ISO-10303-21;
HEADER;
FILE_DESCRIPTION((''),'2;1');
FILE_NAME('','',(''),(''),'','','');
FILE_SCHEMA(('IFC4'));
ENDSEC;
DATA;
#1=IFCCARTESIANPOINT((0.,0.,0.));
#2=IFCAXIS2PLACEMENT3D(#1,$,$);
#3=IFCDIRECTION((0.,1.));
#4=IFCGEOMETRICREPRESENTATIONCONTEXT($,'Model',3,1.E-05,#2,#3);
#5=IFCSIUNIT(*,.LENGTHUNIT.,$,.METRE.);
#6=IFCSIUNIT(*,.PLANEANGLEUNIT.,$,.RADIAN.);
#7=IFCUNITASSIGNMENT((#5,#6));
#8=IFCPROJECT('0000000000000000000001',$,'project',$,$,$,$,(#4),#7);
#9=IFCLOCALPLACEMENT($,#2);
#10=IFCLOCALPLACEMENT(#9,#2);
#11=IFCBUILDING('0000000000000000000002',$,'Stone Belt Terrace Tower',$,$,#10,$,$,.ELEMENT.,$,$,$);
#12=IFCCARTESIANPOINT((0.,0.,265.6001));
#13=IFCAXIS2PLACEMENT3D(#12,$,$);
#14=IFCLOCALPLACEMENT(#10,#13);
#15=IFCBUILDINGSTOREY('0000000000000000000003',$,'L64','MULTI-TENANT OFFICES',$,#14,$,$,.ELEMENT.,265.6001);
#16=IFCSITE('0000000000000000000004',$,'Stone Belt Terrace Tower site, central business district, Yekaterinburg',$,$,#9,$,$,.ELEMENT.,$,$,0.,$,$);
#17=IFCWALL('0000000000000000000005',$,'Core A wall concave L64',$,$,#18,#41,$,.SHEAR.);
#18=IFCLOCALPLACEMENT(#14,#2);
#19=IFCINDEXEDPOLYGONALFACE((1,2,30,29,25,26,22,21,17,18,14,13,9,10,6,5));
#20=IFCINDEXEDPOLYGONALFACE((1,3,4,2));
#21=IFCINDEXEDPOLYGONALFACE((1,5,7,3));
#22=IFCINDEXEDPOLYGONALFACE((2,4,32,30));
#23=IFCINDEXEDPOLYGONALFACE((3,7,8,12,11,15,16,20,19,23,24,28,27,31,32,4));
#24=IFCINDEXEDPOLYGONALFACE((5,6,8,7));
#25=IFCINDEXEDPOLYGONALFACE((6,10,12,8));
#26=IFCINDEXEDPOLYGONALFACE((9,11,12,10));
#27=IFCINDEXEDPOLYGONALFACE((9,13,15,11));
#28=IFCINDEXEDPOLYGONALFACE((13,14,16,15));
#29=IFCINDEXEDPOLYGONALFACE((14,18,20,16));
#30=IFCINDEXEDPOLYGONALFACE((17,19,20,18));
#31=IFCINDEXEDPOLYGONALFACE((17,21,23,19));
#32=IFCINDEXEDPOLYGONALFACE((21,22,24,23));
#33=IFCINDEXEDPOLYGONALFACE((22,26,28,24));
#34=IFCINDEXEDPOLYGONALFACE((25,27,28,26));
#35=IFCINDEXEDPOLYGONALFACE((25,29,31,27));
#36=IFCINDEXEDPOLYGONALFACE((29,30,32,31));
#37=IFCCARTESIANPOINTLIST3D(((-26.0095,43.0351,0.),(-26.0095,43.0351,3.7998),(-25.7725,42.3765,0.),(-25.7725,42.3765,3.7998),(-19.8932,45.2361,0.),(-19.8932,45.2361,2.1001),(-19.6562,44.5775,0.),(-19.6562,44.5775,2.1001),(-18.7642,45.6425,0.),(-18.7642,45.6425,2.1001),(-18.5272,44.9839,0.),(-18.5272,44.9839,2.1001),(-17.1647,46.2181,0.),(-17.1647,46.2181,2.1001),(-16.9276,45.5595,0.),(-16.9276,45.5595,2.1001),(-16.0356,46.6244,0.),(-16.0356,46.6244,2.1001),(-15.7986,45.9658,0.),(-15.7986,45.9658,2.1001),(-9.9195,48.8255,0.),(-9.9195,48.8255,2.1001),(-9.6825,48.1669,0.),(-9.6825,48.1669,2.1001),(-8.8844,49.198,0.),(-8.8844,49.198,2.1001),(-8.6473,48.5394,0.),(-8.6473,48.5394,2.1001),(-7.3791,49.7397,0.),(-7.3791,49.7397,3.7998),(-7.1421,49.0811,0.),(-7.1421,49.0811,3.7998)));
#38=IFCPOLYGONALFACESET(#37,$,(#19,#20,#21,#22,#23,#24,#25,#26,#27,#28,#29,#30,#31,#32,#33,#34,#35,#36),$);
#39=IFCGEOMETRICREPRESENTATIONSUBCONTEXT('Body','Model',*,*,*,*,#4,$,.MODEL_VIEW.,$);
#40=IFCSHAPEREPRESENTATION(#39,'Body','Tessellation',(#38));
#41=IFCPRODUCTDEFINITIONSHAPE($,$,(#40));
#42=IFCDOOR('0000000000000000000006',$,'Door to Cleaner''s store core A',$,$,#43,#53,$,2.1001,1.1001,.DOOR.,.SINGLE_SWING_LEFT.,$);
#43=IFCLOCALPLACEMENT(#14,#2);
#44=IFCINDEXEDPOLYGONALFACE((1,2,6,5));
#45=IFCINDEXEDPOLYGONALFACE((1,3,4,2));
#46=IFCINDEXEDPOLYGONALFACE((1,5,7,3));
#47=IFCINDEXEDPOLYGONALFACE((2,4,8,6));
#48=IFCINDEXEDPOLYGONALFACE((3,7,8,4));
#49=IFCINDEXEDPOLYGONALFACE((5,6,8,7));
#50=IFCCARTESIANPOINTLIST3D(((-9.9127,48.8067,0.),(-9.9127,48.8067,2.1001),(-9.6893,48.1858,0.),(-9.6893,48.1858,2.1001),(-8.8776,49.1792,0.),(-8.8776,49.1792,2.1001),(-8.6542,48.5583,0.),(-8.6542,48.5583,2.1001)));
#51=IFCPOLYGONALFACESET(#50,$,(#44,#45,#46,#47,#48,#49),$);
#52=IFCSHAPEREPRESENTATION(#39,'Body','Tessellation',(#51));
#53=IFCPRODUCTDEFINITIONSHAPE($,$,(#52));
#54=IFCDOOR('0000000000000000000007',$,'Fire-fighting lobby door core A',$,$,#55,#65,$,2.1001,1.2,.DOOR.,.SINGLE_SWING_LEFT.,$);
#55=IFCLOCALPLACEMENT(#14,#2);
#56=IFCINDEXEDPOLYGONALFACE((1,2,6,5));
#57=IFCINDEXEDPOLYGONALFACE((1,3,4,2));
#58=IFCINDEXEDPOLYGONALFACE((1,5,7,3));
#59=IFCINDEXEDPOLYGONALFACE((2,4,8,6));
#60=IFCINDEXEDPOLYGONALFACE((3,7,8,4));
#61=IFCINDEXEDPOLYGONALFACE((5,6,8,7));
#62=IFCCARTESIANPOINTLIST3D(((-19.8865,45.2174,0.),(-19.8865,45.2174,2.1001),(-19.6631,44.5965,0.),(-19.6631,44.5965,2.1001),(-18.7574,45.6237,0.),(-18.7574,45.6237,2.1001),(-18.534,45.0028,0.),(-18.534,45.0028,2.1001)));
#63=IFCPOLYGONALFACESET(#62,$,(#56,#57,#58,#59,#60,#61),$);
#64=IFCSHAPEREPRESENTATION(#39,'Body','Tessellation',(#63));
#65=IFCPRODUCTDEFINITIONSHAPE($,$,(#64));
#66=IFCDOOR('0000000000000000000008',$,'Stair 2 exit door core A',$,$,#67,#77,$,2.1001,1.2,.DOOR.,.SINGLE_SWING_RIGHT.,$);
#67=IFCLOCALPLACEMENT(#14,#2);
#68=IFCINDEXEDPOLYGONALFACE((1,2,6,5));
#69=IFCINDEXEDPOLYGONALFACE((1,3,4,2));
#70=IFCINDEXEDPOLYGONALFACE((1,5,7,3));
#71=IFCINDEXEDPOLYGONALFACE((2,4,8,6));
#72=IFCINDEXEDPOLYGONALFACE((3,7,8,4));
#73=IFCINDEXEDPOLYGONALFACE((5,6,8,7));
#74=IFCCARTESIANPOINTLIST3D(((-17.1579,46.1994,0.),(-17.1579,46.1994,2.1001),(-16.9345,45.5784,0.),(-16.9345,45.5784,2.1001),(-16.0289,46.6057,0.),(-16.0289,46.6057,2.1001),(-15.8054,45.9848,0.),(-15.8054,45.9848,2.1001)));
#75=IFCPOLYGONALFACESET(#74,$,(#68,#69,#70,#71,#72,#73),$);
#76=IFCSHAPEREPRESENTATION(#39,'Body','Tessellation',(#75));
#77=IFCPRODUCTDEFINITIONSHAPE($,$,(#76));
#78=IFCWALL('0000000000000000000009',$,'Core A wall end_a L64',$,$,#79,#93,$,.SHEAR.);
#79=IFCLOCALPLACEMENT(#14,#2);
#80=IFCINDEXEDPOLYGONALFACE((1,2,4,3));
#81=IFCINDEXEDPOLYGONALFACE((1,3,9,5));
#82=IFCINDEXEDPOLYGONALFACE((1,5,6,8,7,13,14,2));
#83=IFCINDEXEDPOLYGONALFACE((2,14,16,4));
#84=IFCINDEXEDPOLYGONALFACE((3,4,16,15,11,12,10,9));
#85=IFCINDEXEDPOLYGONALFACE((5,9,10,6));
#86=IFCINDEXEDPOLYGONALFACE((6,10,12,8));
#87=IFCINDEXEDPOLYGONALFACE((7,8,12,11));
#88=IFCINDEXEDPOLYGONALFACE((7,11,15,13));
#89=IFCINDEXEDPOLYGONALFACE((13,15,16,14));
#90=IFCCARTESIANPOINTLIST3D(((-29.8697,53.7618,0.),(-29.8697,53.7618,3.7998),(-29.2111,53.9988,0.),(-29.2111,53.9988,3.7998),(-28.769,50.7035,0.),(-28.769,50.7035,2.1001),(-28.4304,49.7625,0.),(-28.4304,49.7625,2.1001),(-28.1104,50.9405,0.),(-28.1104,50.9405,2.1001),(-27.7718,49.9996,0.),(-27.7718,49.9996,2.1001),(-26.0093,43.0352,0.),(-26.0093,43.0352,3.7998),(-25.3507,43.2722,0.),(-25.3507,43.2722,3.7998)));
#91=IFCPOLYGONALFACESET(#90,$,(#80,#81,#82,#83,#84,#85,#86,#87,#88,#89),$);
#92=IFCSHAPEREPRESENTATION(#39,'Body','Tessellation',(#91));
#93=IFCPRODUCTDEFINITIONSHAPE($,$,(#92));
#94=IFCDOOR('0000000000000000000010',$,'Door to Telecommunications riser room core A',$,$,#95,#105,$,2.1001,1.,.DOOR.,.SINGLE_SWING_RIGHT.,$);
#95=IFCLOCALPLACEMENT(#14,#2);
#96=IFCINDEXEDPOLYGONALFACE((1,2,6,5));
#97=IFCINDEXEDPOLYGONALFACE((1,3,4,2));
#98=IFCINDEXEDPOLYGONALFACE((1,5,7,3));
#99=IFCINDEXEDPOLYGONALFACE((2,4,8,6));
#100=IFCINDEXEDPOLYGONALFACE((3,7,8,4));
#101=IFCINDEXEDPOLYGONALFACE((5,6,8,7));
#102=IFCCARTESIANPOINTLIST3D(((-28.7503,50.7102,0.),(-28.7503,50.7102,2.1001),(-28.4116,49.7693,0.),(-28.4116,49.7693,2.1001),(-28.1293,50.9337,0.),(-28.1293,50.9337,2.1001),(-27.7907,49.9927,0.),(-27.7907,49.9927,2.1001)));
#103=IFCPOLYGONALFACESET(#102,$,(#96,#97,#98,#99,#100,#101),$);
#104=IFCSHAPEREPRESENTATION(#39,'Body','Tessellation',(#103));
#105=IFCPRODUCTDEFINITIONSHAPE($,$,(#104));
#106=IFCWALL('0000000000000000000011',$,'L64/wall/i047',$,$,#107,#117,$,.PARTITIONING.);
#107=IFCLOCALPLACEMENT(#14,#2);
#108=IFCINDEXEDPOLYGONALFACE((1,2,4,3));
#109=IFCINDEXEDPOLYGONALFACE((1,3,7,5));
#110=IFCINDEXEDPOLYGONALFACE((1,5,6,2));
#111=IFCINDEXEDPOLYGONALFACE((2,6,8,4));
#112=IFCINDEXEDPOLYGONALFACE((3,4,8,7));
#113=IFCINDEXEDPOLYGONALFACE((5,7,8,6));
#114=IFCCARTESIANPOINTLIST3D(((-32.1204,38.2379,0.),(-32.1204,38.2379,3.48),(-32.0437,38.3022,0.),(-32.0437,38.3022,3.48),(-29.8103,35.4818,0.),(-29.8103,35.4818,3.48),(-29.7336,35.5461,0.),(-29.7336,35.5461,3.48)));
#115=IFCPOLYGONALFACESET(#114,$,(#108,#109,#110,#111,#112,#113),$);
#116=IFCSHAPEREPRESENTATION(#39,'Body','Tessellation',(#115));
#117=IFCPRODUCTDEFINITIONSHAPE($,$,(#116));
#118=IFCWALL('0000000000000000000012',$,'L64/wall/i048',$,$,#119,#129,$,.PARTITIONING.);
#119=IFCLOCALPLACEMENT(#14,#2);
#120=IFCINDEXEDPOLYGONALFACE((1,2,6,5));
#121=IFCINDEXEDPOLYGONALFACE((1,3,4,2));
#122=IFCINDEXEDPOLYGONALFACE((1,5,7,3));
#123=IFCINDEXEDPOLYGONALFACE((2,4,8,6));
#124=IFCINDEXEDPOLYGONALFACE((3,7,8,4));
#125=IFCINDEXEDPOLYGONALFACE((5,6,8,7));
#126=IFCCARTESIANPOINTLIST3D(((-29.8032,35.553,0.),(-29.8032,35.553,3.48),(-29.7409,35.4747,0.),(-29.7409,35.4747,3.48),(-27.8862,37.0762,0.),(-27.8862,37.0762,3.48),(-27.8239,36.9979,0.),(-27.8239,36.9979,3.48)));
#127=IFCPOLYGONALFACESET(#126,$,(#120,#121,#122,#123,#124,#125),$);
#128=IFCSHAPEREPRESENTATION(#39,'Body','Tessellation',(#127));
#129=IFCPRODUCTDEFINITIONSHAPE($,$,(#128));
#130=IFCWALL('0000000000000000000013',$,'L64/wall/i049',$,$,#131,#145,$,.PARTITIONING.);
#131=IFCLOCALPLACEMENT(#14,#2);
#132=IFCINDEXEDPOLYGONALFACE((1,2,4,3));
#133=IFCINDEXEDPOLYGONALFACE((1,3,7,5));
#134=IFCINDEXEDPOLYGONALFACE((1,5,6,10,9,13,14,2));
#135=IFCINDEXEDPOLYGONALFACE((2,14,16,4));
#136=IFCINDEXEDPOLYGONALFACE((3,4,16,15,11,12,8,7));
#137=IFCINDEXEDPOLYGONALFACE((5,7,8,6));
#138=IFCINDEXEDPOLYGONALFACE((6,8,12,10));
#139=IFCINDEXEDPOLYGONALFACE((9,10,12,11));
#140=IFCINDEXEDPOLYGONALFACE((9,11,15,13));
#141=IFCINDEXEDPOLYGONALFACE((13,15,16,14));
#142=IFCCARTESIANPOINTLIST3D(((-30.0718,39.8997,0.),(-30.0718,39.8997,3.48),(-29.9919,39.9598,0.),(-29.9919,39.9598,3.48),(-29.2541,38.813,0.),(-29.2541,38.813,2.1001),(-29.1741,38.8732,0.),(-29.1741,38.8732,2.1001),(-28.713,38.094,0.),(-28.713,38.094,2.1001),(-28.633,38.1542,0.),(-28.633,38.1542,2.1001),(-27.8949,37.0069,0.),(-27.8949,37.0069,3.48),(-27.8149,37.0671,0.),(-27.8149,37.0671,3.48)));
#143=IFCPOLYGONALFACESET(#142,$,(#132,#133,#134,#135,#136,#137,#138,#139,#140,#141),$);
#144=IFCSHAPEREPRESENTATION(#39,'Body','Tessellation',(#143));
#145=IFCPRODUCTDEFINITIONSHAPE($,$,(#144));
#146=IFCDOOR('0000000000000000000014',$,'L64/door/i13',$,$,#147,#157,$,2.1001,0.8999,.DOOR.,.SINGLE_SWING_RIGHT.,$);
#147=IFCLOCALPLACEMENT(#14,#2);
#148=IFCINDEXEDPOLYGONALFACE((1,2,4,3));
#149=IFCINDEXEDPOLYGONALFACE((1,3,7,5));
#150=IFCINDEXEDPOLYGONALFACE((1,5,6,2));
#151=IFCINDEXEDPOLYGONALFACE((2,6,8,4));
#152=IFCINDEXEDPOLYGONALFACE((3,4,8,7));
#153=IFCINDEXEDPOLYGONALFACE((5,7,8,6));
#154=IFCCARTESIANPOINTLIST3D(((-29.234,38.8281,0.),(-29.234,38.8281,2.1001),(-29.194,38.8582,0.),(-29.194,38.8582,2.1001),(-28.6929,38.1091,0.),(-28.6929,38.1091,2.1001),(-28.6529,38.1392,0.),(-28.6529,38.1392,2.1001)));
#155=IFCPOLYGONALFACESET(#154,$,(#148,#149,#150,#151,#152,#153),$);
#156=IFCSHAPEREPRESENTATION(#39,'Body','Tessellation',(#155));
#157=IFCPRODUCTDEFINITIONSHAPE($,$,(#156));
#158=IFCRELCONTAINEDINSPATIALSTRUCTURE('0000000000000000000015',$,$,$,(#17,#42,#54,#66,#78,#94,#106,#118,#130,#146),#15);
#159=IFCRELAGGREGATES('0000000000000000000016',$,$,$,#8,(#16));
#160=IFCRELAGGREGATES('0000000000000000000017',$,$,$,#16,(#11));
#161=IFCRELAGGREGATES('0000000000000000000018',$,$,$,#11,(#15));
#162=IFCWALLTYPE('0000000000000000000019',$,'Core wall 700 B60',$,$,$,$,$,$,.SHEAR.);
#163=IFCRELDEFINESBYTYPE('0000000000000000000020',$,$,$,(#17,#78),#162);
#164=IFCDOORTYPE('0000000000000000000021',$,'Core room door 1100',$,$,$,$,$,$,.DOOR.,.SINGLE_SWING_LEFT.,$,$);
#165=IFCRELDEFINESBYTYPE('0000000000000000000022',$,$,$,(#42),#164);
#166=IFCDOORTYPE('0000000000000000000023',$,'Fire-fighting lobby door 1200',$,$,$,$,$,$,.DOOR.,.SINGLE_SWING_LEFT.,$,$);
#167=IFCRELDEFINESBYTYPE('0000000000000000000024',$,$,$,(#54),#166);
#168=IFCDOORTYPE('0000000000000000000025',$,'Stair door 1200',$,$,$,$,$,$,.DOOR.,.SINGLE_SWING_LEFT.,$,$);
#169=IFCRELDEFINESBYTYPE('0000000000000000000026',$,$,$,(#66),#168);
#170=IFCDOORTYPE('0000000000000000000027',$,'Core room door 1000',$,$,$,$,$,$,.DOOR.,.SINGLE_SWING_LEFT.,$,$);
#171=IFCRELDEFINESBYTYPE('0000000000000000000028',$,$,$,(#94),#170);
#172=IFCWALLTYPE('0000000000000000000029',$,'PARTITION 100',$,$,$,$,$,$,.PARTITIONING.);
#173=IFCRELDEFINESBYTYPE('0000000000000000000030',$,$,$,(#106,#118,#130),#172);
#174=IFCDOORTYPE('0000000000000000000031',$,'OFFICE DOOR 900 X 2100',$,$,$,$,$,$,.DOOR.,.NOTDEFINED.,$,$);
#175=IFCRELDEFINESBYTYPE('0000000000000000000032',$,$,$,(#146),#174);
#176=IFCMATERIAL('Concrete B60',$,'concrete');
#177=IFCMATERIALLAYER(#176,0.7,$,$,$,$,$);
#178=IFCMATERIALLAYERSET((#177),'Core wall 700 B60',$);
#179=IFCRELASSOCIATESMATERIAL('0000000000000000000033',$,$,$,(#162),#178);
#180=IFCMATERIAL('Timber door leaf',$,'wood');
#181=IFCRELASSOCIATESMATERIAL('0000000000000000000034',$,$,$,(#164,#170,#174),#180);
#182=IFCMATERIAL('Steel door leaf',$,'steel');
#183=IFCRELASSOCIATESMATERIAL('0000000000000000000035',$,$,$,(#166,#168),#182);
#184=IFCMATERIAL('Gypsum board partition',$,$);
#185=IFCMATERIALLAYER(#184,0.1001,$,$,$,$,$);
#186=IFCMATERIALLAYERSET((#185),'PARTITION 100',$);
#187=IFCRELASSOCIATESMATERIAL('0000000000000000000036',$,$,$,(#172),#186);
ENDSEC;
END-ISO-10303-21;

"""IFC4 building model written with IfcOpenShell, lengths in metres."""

from ifc_helpers import new_model, si_unit, direction, frame, frame_2d, origin, place, context, subcontext, project, spatial, rectangle, extrude, material, layer, layer_set, type_object, element, fill, save


model = new_model("IFC4")

# Units and contexts
model_context = context("Model", 3, precision=1e-05, world=origin(), true_north=direction((0.0, 1.0)))
body_context = subcontext(model_context, "Body", "Model", "MODEL_VIEW")
ifc_project = project(units=[si_unit("LENGTHUNIT", "METRE"), si_unit("PLANEANGLEUNIT", "RADIAN")], contexts=[model_context])

# Site, building, storey
site_placement = place(None, origin())
site = spatial("IfcSite", under=ifc_project, at=site_placement, Name="Stone Belt Terrace Tower site, central business district, Yekaterinburg", CompositionType="ELEMENT", RefElevation=0.0)
building_placement = place(site_placement, origin())
building = spatial("IfcBuilding", under=site, at=building_placement, Name="Stone Belt Terrace Tower", CompositionType="ELEMENT")
storey_placement = place(building_placement, frame((0.0, 0.0, 265.6001)))
storey = spatial("IfcBuildingStorey", under=building, at=storey_placement, Name="L64", Description="MULTI-TENANT OFFICES", CompositionType="ELEMENT", Elevation=265.6001)

# Shared definitions
ifc_material_1 = material(Name="Concrete B60", Category="concrete")

# Wall, openings, doors
ifc_layer_1 = layer(ifc_material_1, 0.7)
ifc_layer_set_1 = layer_set([ifc_layer_1], Name="Core wall 700 B60")
wall_type_1 = type_object("IfcWallType", Name="Core wall 700 B60", PredefinedType="SHEAR", material=ifc_layer_set_1)
wall_1_placement = place(storey_placement, frame((-25.8909, 42.7058, 0.0), z_axis=(0.0, 0.0, 1.0), x_axis=(0.940925, 0.338615, 0.0)))
wall_1 = element("IfcWall", 1, at=wall_1_placement, inside=storey, type_object=wall_type_1, Name="Core A wall concave L64", PredefinedType="SHEAR", context=body_context, shape_type="SweptSolid", body=[
    extrude(rectangle(XDim=19.8, YDim=0.7, at=frame_2d((9.8999, 0.0))), origin(), (0.0, 0.0, 1.0), 3.7998),
])
opening_1_placement = place(wall_1_placement, frame((6.5, 0.0, 0.0)))
opening_1 = element("IfcOpeningElement", 2, at=opening_1_placement, cuts=wall_1, PredefinedType="OPENING", context=body_context, shape_type="SweptSolid", body=[
    extrude(rectangle(XDim=1.2, YDim=2.1001, at=frame_2d((0.6001, 1.05))), frame((0.0, 0.3599, 0.0), z_axis=(0.0, -1.0, 0.0), x_axis=(1.0, 0.0, 0.0)), (0.0, 0.0, 1.0), 0.72),
])
opening_2_placement = place(wall_1_placement, frame((9.3999, 0.0, 0.0)))
opening_2 = element("IfcOpeningElement", 3, at=opening_2_placement, cuts=wall_1, PredefinedType="OPENING", context=body_context, shape_type="SweptSolid", body=[
    extrude(rectangle(XDim=1.2, YDim=2.1001, at=frame_2d((0.6001, 1.05))), frame((0.0, 0.3599, 0.0), z_axis=(0.0, -1.0, 0.0), x_axis=(1.0, 0.0, 0.0)), (0.0, 0.0, 1.0), 0.72),
])
opening_3_placement = place(wall_1_placement, frame((17.1001, 0.0, 0.0)))
opening_3 = element("IfcOpeningElement", 4, at=opening_3_placement, cuts=wall_1, PredefinedType="OPENING", context=body_context, shape_type="SweptSolid", body=[
    extrude(rectangle(XDim=1.1001, YDim=2.1001, at=frame_2d((0.55, 1.05))), frame((0.0, 0.3599, 0.0), z_axis=(0.0, -1.0, 0.0), x_axis=(1.0, 0.0, 0.0)), (0.0, 0.0, 1.0), 0.72),
])
ifc_material_2 = material(Name="Timber door leaf", Category="wood")
door_type_1 = type_object("IfcDoorType", Name="Core room door 1100", OperationType="SINGLE_SWING_LEFT", PredefinedType="DOOR", material=ifc_material_2)
door_1_placement = place(opening_3_placement, origin())
door_1 = element("IfcDoor", 5, at=door_1_placement, inside=storey, type_object=door_type_1, Name="Door to Cleaner's store core A", OperationType="SINGLE_SWING_LEFT", OverallHeight=2.1001, OverallWidth=1.1001, PredefinedType="DOOR", context=body_context, shape_type="SweptSolid", body=[
    extrude(rectangle(XDim=1.1001, YDim=2.1001, at=frame_2d((0.55, 1.05))), frame((0.0, 0.3301, 0.0), z_axis=(0.0, -1.0, 0.0), x_axis=(1.0, 0.0, 0.0)), (0.0, 0.0, 1.0), 0.6599),
])
fill(opening_3, door_1)
ifc_material_3 = material(Name="Steel door leaf", Category="steel")
door_type_2 = type_object("IfcDoorType", Name="Fire-fighting lobby door 1200", OperationType="SINGLE_SWING_LEFT", PredefinedType="DOOR", material=ifc_material_3)
door_2_placement = place(opening_1_placement, origin())
door_2 = element("IfcDoor", 6, at=door_2_placement, inside=storey, type_object=door_type_2, Name="Fire-fighting lobby door core A", OperationType="SINGLE_SWING_LEFT", OverallHeight=2.1001, OverallWidth=1.2, PredefinedType="DOOR", context=body_context, shape_type="SweptSolid", body=[
    extrude(rectangle(XDim=1.2, YDim=2.1001, at=frame_2d((0.6001, 1.05))), frame((0.0, 0.3301, 0.0), z_axis=(0.0, -1.0, 0.0), x_axis=(1.0, 0.0, 0.0)), (0.0, 0.0, 1.0), 0.6599),
])
fill(opening_1, door_2)
door_type_3 = type_object("IfcDoorType", Name="Stair door 1200", OperationType="SINGLE_SWING_LEFT", PredefinedType="DOOR", material=ifc_material_3)
door_3_placement = place(opening_2_placement, origin())
door_3 = element("IfcDoor", 7, at=door_3_placement, inside=storey, type_object=door_type_3, Name="Stair 2 exit door core A", OperationType="SINGLE_SWING_RIGHT", OverallHeight=2.1001, OverallWidth=1.2, PredefinedType="DOOR", context=body_context, shape_type="SweptSolid", body=[
    extrude(rectangle(XDim=1.2, YDim=2.1001, at=frame_2d((0.6001, 1.05))), frame((0.0, 0.3301, 0.0), z_axis=(0.0, -1.0, 0.0), x_axis=(1.0, 0.0, 0.0)), (0.0, 0.0, 1.0), 0.6599),
])
fill(opening_2, door_3)

# Wall, opening, door
wall_2_placement = place(storey_placement, frame((-25.6799, 43.1536, 0.0), z_axis=(0.0, 0.0, 1.0), x_axis=(-0.338625, 0.940921, 0.0)))
wall_2 = element("IfcWall", 8, at=wall_2_placement, inside=storey, type_object=wall_type_1, Name="Core A wall end_a L64", PredefinedType="SHEAR", context=body_context, shape_type="SweptSolid", body=[
    extrude(rectangle(XDim=11.4001, YDim=0.7, at=frame_2d((5.7002, 0.0))), origin(), (0.0, 0.0, 1.0), 3.7998),
])
opening_4_placement = place(wall_2_placement, frame((7.1499, 0.0, 0.0)))
opening_4 = element("IfcOpeningElement", 9, at=opening_4_placement, cuts=wall_2, PredefinedType="OPENING", context=body_context, shape_type="SweptSolid", body=[
    extrude(rectangle(XDim=1.0, YDim=2.1001, at=frame_2d((0.5, 1.05))), frame((0.0, 0.3599, 0.0), z_axis=(0.0, -1.0, 0.0), x_axis=(1.0, 0.0, 0.0)), (0.0, 0.0, 1.0), 0.72),
])
door_type_4 = type_object("IfcDoorType", Name="Core room door 1000", OperationType="SINGLE_SWING_LEFT", PredefinedType="DOOR", material=ifc_material_2)
door_4_placement = place(opening_4_placement, origin())
door_4 = element("IfcDoor", 10, at=door_4_placement, inside=storey, type_object=door_type_4, Name="Door to Telecommunications riser room core A", OperationType="SINGLE_SWING_RIGHT", OverallHeight=2.1001, OverallWidth=1.0, PredefinedType="DOOR", context=body_context, shape_type="SweptSolid", body=[
    extrude(rectangle(XDim=1.0, YDim=2.1001, at=frame_2d((0.5, 1.05))), frame((0.0, 0.3301, 0.0), z_axis=(0.0, -1.0, 0.0), x_axis=(1.0, 0.0, 0.0)), (0.0, 0.0, 1.0), 0.6599),
])
fill(opening_4, door_4)

# Walls
ifc_material_4 = material(Name="Gypsum board partition")
ifc_layer_2 = layer(ifc_material_4, 0.1001)
ifc_layer_set_2 = layer_set([ifc_layer_2], Name="PARTITION 100")
wall_type_2 = type_object("IfcWallType", Name="PARTITION 100", PredefinedType="PARTITIONING", material=ifc_layer_set_2)
wall_3_placement = place(storey_placement, frame((-32.082, 38.27, 0.0), z_axis=(0.0, 0.0, 1.0), x_axis=(0.642365, -0.766399, 0.0)))
element("IfcWall", 11, at=wall_3_placement, inside=storey, type_object=wall_type_2, Name="L64/wall/i047", PredefinedType="PARTITIONING", context=body_context, shape_type="SweptSolid", body=[
    extrude(rectangle(XDim=3.5962, YDim=0.1001, at=frame_2d((1.7981, 0.0))), origin(), (0.0, 0.0, 1.0), 3.48),
])
wall_4_placement = place(storey_placement, frame((-29.772, 35.5139, 0.0), z_axis=(0.0, 0.0, 1.0), x_axis=(0.782937, 0.622102, 0.0)))
element("IfcWall", 12, at=wall_4_placement, inside=storey, type_object=wall_type_2, Name="L64/wall/i048", PredefinedType="PARTITIONING", context=body_context, shape_type="SweptSolid", body=[
    extrude(rectangle(XDim=2.4485, YDim=0.1001, at=frame_2d((1.2241, 0.0))), origin(), (0.0, 0.0, 1.0), 3.48),
])

# Wall, opening, door
wall_5_placement = place(storey_placement, frame((-27.855, 37.0371, 0.0), z_axis=(0.0, 0.0, 1.0), x_axis=(-0.601305, 0.79902, 0.0)))
wall_5 = element("IfcWall", 13, at=wall_5_placement, inside=storey, type_object=wall_type_2, Name="L64/wall/i049", PredefinedType="PARTITIONING", context=body_context, shape_type="SweptSolid", body=[
    extrude(rectangle(XDim=3.6204, YDim=0.1001, at=frame_2d((1.8101, 0.0))), origin(), (0.0, 0.0, 1.0), 3.48),
])
opening_5_placement = place(wall_5_placement, frame((1.3604, 0.0, 0.0)))
opening_5 = element("IfcOpeningElement", 14, at=opening_5_placement, cuts=wall_5, PredefinedType="OPENING", context=body_context, shape_type="SweptSolid", body=[
    extrude(rectangle(XDim=0.8999, YDim=2.1001, at=frame_2d((0.45, 1.05))), frame((0.0, 0.0601, 0.0), z_axis=(0.0, -1.0, 0.0), x_axis=(1.0, 0.0, 0.0)), (0.0, 0.0, 1.0), 0.1201),
])
door_type_5 = type_object("IfcDoorType", Name="OFFICE DOOR 900 X 2100", OperationType="NOTDEFINED", PredefinedType="DOOR", material=ifc_material_2)
door_5_placement = place(opening_5_placement, origin())
door_5 = element("IfcDoor", 15, at=door_5_placement, inside=storey, type_object=door_type_5, Name="L64/door/i13", OperationType="SINGLE_SWING_RIGHT", OverallHeight=2.1001, OverallWidth=0.8999, PredefinedType="DOOR", context=body_context, shape_type="SweptSolid", body=[
    extrude(rectangle(XDim=0.8999, YDim=2.1001, at=frame_2d((0.45, 1.05))), frame((0.0, 0.0249, 0.0), z_axis=(0.0, -1.0, 0.0), x_axis=(1.0, 0.0, 0.0)), (0.0, 0.0, 1.0), 0.05),
])
fill(opening_5, door_5)

save(model, "model.ifc")
